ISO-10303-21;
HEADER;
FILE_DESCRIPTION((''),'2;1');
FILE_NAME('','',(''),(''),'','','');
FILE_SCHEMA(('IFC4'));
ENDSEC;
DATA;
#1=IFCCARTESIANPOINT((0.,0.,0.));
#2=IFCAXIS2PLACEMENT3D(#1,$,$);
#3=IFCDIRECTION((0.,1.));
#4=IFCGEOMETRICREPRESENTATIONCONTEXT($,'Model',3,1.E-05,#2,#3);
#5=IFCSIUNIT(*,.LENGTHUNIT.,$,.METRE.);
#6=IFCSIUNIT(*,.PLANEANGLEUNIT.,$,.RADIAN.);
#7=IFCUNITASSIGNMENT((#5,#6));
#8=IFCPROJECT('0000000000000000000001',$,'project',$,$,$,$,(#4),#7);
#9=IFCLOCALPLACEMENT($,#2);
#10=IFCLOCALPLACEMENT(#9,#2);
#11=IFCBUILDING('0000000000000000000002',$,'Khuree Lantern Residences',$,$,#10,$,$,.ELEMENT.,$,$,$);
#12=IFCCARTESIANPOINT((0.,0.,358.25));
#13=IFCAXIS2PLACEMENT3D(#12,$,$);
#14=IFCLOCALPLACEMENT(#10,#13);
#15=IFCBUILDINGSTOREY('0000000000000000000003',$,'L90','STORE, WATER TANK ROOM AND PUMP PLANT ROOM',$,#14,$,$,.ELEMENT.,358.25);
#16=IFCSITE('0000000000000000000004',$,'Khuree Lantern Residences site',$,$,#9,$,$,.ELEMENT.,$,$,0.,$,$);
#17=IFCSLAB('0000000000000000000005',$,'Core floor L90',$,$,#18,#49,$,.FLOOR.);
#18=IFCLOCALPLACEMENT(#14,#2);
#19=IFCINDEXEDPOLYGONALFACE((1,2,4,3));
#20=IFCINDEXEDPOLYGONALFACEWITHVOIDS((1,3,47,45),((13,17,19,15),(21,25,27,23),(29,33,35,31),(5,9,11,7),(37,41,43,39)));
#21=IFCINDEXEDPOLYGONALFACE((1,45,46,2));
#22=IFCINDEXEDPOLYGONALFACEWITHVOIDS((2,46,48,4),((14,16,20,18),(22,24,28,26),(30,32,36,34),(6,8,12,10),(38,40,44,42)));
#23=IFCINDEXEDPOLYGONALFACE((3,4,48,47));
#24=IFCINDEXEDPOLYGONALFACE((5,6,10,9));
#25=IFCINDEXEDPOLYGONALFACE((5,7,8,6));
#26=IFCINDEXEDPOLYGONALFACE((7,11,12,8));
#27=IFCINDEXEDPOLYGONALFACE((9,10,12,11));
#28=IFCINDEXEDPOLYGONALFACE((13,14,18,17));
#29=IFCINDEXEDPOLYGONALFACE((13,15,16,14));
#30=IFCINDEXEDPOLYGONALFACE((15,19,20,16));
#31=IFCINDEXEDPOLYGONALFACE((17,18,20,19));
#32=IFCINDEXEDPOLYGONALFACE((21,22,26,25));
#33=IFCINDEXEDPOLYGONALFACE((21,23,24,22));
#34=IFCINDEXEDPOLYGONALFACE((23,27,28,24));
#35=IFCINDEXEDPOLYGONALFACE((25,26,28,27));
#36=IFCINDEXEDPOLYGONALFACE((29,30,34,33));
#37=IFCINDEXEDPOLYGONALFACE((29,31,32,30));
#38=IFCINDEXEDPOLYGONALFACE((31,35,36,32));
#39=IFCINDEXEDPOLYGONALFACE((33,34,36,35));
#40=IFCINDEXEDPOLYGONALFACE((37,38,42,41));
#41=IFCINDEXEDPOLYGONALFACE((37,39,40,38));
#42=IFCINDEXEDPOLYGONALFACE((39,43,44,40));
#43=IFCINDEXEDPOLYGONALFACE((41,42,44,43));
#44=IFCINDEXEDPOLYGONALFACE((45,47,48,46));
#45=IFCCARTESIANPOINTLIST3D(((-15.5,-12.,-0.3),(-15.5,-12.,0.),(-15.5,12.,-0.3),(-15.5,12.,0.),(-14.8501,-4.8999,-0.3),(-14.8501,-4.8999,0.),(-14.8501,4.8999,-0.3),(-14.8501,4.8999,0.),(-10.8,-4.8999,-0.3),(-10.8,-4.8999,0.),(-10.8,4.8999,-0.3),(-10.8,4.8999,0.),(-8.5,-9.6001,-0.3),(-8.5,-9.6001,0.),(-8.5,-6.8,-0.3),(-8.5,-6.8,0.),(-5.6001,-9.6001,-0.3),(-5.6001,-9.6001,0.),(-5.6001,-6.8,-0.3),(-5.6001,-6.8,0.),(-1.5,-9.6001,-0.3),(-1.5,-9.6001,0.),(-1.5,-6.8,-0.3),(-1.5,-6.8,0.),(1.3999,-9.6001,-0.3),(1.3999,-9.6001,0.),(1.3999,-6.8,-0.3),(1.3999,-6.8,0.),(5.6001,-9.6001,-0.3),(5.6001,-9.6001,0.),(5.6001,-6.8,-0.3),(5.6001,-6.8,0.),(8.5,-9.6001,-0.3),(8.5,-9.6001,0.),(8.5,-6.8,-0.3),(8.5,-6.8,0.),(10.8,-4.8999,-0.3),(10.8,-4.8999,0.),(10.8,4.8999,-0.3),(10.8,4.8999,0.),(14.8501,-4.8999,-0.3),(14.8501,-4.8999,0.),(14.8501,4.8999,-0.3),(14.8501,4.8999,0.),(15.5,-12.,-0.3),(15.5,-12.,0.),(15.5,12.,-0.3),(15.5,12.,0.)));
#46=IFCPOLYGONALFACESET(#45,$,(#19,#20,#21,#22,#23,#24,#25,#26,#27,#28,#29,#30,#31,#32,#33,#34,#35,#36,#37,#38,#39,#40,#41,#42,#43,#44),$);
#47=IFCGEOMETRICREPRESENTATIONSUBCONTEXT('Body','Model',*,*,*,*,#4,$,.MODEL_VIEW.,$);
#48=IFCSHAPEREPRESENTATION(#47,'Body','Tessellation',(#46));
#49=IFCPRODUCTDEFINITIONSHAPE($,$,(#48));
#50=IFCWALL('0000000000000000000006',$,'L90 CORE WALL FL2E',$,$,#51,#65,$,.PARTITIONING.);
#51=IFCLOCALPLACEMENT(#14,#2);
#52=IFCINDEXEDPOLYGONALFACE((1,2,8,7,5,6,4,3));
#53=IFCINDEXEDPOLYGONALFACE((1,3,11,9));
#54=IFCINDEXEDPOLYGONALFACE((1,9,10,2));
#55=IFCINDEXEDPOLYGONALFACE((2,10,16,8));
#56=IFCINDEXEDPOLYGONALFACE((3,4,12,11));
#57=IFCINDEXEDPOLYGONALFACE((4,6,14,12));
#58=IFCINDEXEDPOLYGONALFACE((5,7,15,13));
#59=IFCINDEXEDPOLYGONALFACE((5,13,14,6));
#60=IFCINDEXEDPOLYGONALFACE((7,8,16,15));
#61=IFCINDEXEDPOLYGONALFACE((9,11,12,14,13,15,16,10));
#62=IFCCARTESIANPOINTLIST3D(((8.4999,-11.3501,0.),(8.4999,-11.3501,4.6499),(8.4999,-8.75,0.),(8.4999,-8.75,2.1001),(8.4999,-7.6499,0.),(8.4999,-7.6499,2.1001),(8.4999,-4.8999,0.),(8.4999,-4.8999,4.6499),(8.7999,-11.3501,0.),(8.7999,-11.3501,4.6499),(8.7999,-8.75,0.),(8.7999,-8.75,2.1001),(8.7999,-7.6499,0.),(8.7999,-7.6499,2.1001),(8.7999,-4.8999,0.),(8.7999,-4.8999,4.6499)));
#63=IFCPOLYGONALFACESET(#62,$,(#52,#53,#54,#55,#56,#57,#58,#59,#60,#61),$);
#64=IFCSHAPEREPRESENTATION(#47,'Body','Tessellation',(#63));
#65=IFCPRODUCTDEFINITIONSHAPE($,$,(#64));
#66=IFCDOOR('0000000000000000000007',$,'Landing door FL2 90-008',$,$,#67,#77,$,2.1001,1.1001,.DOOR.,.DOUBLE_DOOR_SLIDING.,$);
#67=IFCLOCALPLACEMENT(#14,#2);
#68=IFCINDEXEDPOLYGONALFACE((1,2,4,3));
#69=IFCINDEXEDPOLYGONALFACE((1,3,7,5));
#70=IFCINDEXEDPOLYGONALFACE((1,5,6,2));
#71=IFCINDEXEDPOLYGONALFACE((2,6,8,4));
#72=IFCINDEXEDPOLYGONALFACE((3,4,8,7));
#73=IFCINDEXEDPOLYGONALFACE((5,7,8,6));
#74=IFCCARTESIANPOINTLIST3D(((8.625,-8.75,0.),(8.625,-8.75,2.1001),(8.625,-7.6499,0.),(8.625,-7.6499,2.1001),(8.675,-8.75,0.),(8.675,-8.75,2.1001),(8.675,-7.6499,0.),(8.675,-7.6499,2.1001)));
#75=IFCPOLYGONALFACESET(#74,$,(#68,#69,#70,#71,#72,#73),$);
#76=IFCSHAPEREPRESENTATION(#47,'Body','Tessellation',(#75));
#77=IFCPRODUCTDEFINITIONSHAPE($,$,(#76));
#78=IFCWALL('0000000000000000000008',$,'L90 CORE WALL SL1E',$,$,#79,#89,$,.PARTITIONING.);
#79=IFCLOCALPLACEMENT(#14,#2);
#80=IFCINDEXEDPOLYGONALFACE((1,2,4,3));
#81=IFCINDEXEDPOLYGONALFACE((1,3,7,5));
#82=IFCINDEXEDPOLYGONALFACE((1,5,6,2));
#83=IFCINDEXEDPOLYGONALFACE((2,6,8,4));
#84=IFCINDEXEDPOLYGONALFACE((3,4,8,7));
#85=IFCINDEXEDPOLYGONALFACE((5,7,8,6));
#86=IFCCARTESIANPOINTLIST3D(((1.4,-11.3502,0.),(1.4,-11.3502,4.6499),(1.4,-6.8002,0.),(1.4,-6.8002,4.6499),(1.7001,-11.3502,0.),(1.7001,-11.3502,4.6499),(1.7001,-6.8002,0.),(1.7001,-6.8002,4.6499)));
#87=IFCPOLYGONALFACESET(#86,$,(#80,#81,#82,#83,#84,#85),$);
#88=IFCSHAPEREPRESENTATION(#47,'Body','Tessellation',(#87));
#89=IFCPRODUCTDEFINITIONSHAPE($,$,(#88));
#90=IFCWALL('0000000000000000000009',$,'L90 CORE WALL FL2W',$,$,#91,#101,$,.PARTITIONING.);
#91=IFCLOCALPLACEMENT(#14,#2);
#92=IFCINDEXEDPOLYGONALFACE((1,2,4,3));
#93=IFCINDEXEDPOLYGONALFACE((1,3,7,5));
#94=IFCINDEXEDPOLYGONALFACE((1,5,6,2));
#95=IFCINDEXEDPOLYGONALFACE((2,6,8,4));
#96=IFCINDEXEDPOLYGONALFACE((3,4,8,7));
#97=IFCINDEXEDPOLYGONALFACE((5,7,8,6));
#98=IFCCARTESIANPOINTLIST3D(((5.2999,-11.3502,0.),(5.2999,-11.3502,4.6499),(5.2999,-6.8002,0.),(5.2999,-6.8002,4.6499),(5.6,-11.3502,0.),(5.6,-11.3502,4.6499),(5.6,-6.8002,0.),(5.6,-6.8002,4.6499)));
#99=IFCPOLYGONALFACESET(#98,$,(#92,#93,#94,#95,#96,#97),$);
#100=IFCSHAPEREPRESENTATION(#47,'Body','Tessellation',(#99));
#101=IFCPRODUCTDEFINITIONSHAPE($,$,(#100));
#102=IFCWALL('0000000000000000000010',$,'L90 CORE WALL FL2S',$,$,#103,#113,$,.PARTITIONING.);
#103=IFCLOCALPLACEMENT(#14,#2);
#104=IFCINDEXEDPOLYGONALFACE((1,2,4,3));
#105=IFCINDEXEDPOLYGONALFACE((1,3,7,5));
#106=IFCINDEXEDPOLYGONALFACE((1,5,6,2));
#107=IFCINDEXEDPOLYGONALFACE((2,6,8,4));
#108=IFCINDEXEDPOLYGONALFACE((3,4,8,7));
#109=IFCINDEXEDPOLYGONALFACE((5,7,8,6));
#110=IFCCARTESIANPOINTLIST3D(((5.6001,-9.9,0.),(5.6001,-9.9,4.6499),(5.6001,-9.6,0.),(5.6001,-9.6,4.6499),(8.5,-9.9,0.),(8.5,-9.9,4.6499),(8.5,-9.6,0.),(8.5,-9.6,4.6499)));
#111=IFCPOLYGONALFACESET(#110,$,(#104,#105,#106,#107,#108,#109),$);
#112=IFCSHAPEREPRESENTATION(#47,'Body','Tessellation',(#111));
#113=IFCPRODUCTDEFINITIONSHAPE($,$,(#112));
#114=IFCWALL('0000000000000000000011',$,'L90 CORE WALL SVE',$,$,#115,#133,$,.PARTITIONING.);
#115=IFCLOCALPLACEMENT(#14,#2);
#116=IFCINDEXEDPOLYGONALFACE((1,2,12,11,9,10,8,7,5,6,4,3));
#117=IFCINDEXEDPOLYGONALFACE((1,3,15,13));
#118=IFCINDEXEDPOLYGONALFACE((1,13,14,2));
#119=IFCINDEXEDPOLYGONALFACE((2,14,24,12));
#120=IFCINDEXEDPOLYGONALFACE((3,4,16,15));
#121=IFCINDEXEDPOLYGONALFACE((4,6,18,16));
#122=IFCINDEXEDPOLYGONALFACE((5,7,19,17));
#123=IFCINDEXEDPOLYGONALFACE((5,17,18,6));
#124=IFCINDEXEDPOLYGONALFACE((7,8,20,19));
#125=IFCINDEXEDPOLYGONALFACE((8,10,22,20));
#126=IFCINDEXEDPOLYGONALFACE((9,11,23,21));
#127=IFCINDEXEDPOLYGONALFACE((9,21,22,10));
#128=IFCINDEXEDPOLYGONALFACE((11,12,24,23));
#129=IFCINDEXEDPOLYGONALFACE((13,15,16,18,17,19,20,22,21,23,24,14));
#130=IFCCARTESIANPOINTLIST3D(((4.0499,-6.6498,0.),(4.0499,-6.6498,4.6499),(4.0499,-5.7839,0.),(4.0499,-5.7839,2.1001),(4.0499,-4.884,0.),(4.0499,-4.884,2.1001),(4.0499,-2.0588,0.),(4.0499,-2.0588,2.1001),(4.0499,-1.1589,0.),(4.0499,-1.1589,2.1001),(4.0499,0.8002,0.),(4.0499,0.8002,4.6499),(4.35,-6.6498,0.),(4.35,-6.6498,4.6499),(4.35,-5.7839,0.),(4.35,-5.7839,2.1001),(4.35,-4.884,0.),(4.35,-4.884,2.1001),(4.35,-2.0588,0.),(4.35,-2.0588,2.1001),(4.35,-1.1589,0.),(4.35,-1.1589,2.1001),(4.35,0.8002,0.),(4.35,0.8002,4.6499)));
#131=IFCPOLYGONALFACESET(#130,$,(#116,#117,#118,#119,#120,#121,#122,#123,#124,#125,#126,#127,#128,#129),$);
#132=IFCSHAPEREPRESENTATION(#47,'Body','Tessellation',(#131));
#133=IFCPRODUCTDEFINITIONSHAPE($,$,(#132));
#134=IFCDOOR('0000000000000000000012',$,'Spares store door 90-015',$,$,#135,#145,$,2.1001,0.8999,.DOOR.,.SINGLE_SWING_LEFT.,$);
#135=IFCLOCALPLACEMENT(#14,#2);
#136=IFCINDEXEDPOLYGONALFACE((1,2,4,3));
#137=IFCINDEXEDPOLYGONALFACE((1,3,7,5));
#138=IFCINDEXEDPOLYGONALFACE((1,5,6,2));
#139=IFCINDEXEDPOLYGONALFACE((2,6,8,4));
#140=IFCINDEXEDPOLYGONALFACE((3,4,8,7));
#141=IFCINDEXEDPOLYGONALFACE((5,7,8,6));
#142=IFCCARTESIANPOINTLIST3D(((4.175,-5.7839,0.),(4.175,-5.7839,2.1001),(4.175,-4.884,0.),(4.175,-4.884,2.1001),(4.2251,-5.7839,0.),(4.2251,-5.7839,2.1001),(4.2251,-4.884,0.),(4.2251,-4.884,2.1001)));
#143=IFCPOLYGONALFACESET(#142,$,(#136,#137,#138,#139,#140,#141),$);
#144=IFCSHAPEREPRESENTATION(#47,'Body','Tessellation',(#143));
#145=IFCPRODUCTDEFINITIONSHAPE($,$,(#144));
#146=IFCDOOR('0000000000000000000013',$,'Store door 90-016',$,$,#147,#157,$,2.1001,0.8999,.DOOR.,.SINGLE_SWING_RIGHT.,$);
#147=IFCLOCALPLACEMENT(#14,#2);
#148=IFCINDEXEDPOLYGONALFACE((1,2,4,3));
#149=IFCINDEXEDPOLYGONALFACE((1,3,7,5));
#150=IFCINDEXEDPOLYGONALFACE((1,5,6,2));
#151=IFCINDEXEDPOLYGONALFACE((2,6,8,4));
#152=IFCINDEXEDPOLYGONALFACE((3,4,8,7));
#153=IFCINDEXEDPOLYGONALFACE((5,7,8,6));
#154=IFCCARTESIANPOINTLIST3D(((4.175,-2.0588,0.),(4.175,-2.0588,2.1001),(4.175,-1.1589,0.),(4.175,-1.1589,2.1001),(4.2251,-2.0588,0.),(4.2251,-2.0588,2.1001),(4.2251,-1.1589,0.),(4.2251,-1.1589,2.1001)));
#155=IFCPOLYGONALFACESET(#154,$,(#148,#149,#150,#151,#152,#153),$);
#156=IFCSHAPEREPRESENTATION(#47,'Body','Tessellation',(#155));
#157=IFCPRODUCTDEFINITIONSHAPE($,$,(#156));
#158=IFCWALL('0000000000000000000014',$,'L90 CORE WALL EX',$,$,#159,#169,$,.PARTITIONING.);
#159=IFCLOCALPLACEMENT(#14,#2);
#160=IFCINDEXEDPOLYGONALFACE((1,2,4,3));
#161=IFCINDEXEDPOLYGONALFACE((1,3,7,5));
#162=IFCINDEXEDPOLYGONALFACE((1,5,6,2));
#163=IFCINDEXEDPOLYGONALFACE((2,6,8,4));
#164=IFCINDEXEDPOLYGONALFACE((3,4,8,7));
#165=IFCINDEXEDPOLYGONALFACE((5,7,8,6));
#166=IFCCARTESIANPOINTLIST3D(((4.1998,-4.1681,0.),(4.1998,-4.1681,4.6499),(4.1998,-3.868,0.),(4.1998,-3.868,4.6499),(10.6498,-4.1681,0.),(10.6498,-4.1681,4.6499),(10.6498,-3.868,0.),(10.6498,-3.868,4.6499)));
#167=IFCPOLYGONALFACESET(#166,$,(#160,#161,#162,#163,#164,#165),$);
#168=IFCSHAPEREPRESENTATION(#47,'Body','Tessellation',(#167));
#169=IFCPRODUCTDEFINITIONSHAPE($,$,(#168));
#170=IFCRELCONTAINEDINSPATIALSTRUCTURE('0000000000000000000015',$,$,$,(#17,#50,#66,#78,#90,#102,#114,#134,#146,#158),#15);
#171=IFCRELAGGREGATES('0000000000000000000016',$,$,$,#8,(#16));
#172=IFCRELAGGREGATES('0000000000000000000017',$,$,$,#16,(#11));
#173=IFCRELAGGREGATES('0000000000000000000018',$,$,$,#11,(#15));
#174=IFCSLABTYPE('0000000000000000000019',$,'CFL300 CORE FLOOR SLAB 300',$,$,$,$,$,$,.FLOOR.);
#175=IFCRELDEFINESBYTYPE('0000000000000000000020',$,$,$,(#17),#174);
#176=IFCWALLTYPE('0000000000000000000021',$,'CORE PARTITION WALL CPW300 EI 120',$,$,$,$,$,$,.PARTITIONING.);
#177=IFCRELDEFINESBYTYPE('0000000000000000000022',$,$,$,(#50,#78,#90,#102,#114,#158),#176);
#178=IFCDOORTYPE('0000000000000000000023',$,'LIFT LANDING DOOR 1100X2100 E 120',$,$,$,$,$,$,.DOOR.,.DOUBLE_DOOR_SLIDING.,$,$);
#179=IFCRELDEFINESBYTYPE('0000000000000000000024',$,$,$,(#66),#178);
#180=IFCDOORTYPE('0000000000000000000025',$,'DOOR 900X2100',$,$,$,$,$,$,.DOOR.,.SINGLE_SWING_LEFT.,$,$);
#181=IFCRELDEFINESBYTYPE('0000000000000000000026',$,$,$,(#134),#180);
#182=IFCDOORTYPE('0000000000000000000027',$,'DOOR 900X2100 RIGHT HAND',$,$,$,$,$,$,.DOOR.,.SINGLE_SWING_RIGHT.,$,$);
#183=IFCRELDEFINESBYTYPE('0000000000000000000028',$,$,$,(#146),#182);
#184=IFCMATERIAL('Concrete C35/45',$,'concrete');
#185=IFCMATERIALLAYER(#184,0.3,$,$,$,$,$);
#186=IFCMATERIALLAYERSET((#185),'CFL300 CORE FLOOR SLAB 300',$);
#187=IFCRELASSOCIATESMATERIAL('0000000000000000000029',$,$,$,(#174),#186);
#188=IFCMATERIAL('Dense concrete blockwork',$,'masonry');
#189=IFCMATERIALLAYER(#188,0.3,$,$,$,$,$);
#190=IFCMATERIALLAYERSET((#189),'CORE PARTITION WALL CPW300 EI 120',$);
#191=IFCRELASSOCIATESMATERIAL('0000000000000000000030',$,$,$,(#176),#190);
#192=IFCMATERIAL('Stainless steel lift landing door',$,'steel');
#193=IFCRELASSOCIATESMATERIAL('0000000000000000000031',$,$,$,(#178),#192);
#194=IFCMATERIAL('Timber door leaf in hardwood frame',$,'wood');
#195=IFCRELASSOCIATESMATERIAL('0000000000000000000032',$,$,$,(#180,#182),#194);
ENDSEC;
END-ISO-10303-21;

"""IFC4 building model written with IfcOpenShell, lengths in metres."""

from ifc_helpers import new_model, si_unit, direction, frame, frame_2d, origin, place, context, subcontext, project, spatial, polyline, rectangle, outline, extrude, material, layer, layer_set, type_object, element, fill, save


model = new_model("IFC4")

# Units and contexts
model_context = context("Model", 3, precision=1e-05, world=origin(), true_north=direction((0.0, 1.0)))
body_context = subcontext(model_context, "Body", "Model", "MODEL_VIEW")
ifc_project = project(units=[si_unit("LENGTHUNIT", "METRE"), si_unit("PLANEANGLEUNIT", "RADIAN")], contexts=[model_context])

# Site, building, storey
site_placement = place(None, origin())
site = spatial("IfcSite", under=ifc_project, at=site_placement, Name="Khuree Lantern Residences site", CompositionType="ELEMENT", RefElevation=0.0)
building_placement = place(site_placement, origin())
building = spatial("IfcBuilding", under=site, at=building_placement, Name="Khuree Lantern Residences", CompositionType="ELEMENT")
storey_placement = place(building_placement, frame((0.0, 0.0, 358.25)))
storey = spatial("IfcBuildingStorey", under=building, at=storey_placement, Name="L90", Description="STORE, WATER TANK ROOM AND PUMP PLANT ROOM", CompositionType="ELEMENT", Elevation=358.25)

# Slab
ifc_material_1 = material(Name="Concrete C35/45", Category="concrete")
ifc_layer_1 = layer(ifc_material_1, 0.3)
ifc_layer_set_1 = layer_set([ifc_layer_1], Name="CFL300 CORE FLOOR SLAB 300")
slab_type = type_object("IfcSlabType", Name="CFL300 CORE FLOOR SLAB 300", PredefinedType="FLOOR", material=ifc_layer_set_1)
slab_placement = place(storey_placement, frame((0.0, 0.0, -0.3)))
element("IfcSlab", 1, at=slab_placement, inside=storey, type_object=slab_type, Name="Core floor L90", PredefinedType="FLOOR", context=body_context, shape_type="SweptSolid", body=[
    extrude(outline(polyline([(-15.5, -12.0), (-15.5, 12.0), (15.5, 12.0), (15.5, -12.0), (-15.5, -12.0)]), holes=[polyline([(10.8, 4.8999), (10.8, -4.8999), (14.8501, -4.8999), (14.8501, 4.8999), (10.8, 4.8999)]), polyline([(5.6001, -9.6001), (8.5, -9.6001), (8.5, -6.8), (5.6001, -6.8), (5.6001, -9.6001)]), polyline([(-1.5, -9.6001), (1.3999, -9.6001), (1.3999, -6.8), (-1.5, -6.8), (-1.5, -9.6001)]), polyline([(-8.5, -9.6001), (-5.6001, -9.6001), (-5.6001, -6.8), (-8.5, -6.8), (-8.5, -9.6001)]), polyline([(-14.8501, 4.8999), (-14.8501, -4.8999), (-10.8, -4.8999), (-10.8, 4.8999), (-14.8501, 4.8999)])]), origin(), (0.0, 0.0, 1.0), 0.3),
])

# Wall, opening, door
ifc_material_2 = material(Name="Dense concrete blockwork", Category="masonry")
ifc_layer_2 = layer(ifc_material_2, 0.3)
ifc_layer_set_2 = layer_set([ifc_layer_2], Name="CORE PARTITION WALL CPW300 EI 120")
wall_type_1 = type_object("IfcWallType", Name="CORE PARTITION WALL CPW300 EI 120", PredefinedType="PARTITIONING", material=ifc_layer_set_2)
wall_1_placement = place(storey_placement, frame((8.6499, -11.3501, 0.0), z_axis=(0.0, 0.0, 1.0), x_axis=(0.0, 1.0, 0.0)))
wall_1 = element("IfcWall", 2, at=wall_1_placement, inside=storey, type_object=wall_type_1, Name="L90 CORE WALL FL2E", PredefinedType="PARTITIONING", context=body_context, shape_type="SweptSolid", body=[
    extrude(rectangle(XDim=6.4502, YDim=0.3, at=frame_2d((3.2251, 0.0))), origin(), (0.0, 0.0, 1.0), 4.6499),
])
opening_1_placement = place(wall_1_placement, frame((2.6001, 0.0, 0.0)))
opening_1 = element("IfcOpeningElement", 3, at=opening_1_placement, cuts=wall_1, PredefinedType="OPENING", context=body_context, shape_type="SweptSolid", body=[
    extrude(rectangle(XDim=1.1001, YDim=2.1001, at=frame_2d((0.55, 1.05))), frame((0.0, 0.1602, 0.0), z_axis=(0.0, -1.0, 0.0), x_axis=(1.0, 0.0, 0.0)), (0.0, 0.0, 1.0), 0.3201),
])
ifc_material_3 = material(Name="Stainless steel lift landing door", Category="steel")
door_type_1 = type_object("IfcDoorType", Name="LIFT LANDING DOOR 1100X2100 E 120", OperationType="DOUBLE_DOOR_SLIDING", PredefinedType="DOOR", material=ifc_material_3)
door_1_placement = place(opening_1_placement, origin())
door_1 = element("IfcDoor", 4, at=door_1_placement, inside=storey, type_object=door_type_1, Name="Landing door FL2 90-008", OperationType="DOUBLE_DOOR_SLIDING", OverallHeight=2.1001, OverallWidth=1.1001, PredefinedType="DOOR", context=body_context, shape_type="SweptSolid", body=[
    extrude(rectangle(XDim=1.1001, YDim=2.1001, at=frame_2d((0.55, 1.05))), frame((0.0, 0.0249, 0.0), z_axis=(0.0, -1.0, 0.0), x_axis=(1.0, 0.0, 0.0)), (0.0, 0.0, 1.0), 0.05),
])
fill(opening_1, door_1)

# Walls
for number, where, z_axis, x_axis, name in (
    (5, (1.55, -11.3501, 0.0), (0.0, 0.0, 1.0), (0.0, 1.0, 0.0), "L90 CORE WALL SL1E"),
    (6, (5.45, -11.3501, 0.0), (0.0, 0.0, 1.0), (0.0, 1.0, 0.0), "L90 CORE WALL FL2W"),
):
    element("IfcWall", number, at=place(storey_placement, frame(where, z_axis=z_axis, x_axis=x_axis)), inside=storey, type_object=wall_type_1, Name=name, PredefinedType="PARTITIONING", context=body_context, shape_type="SweptSolid", body=[
        extrude(rectangle(XDim=4.55, YDim=0.3, at=frame_2d((2.2749, 0.0))), origin(), (0.0, 0.0, 1.0), 4.6499),
    ])
wall_2_placement = place(storey_placement, frame((5.6001, -9.75, 0.0), z_axis=(0.0, 0.0, 1.0), x_axis=(1.0, 0.0, 0.0)))
element("IfcWall", 7, at=wall_2_placement, inside=storey, type_object=wall_type_1, Name="L90 CORE WALL FL2S", PredefinedType="PARTITIONING", context=body_context, shape_type="SweptSolid", body=[
    extrude(rectangle(XDim=2.8999, YDim=0.3, at=frame_2d((1.45, 0.0))), origin(), (0.0, 0.0, 1.0), 4.6499),
])

# Wall, openings, doors
wall_3_placement = place(storey_placement, frame((4.2, -6.6499, 0.0), z_axis=(0.0, 0.0, 1.0), x_axis=(0.0, 1.0, 0.0)))
wall_3 = element("IfcWall", 8, at=wall_3_placement, inside=storey, type_object=wall_type_1, Name="L90 CORE WALL SVE", PredefinedType="PARTITIONING", context=body_context, shape_type="SweptSolid", body=[
    extrude(rectangle(XDim=7.45, YDim=0.3, at=frame_2d((3.7251, 0.0))), origin(), (0.0, 0.0, 1.0), 4.6499),
])
opening_2_placement = place(wall_3_placement, frame((0.866, 0.0, 0.0)))
opening_2 = element("IfcOpeningElement", 9, at=opening_2_placement, cuts=wall_3, PredefinedType="OPENING", context=body_context, shape_type="SweptSolid", body=[
    extrude(rectangle(XDim=0.8999, YDim=2.1001, at=frame_2d((0.45, 1.05))), frame((0.0, 0.1602, 0.0), z_axis=(0.0, -1.0, 0.0), x_axis=(1.0, 0.0, 0.0)), (0.0, 0.0, 1.0), 0.3201),
])
opening_3_placement = place(wall_3_placement, frame((4.5911, 0.0, 0.0)))
opening_3 = element("IfcOpeningElement", 10, at=opening_3_placement, cuts=wall_3, PredefinedType="OPENING", context=body_context, shape_type="SweptSolid", body=[
    extrude(rectangle(XDim=0.8999, YDim=2.1001, at=frame_2d((0.45, 1.05))), frame((0.0, 0.1602, 0.0), z_axis=(0.0, -1.0, 0.0), x_axis=(1.0, 0.0, 0.0)), (0.0, 0.0, 1.0), 0.3201),
])
ifc_material_4 = material(Name="Timber door leaf in hardwood frame", Category="wood")
door_type_2 = type_object("IfcDoorType", Name="DOOR 900X2100", OperationType="SINGLE_SWING_LEFT", PredefinedType="DOOR", material=ifc_material_4)
door_2_placement = place(opening_2_placement, origin())
door_2 = element("IfcDoor", 11, at=door_2_placement, inside=storey, type_object=door_type_2, Name="Spares store door 90-015", OperationType="SINGLE_SWING_LEFT", OverallHeight=2.1001, OverallWidth=0.8999, PredefinedType="DOOR", context=body_context, shape_type="SweptSolid", body=[
    extrude(rectangle(XDim=0.8999, YDim=2.1001, at=frame_2d((0.45, 1.05))), frame((0.0, 0.0249, 0.0), z_axis=(0.0, -1.0, 0.0), x_axis=(1.0, 0.0, 0.0)), (0.0, 0.0, 1.0), 0.05),
])
fill(opening_2, door_2)
door_type_3 = type_object("IfcDoorType", Name="DOOR 900X2100 RIGHT HAND", OperationType="SINGLE_SWING_RIGHT", PredefinedType="DOOR", material=ifc_material_4)
door_3_placement = place(opening_3_placement, origin())
door_3 = element("IfcDoor", 12, at=door_3_placement, inside=storey, type_object=door_type_3, Name="Store door 90-016", OperationType="SINGLE_SWING_RIGHT", OverallHeight=2.1001, OverallWidth=0.8999, PredefinedType="DOOR", context=body_context, shape_type="SweptSolid", body=[
    extrude(rectangle(XDim=0.8999, YDim=2.1001, at=frame_2d((0.45, 1.05))), frame((0.0, 0.0249, 0.0), z_axis=(0.0, -1.0, 0.0), x_axis=(1.0, 0.0, 0.0)), (0.0, 0.0, 1.0), 0.05),
])
fill(opening_3, door_3)

# Wall
wall_4_placement = place(storey_placement, frame((10.6499, -4.0181, 0.0), z_axis=(0.0, 0.0, 1.0), x_axis=(-1.0, 0.0, 0.0)))
element("IfcWall", 13, at=wall_4_placement, inside=storey, type_object=wall_type_1, Name="L90 CORE WALL EX", PredefinedType="PARTITIONING", context=body_context, shape_type="SweptSolid", body=[
    extrude(rectangle(XDim=6.45, YDim=0.3, at=frame_2d((3.2251, 0.0))), origin(), (0.0, 0.0, 1.0), 4.6499),
])

save(model, "model.ifc")
